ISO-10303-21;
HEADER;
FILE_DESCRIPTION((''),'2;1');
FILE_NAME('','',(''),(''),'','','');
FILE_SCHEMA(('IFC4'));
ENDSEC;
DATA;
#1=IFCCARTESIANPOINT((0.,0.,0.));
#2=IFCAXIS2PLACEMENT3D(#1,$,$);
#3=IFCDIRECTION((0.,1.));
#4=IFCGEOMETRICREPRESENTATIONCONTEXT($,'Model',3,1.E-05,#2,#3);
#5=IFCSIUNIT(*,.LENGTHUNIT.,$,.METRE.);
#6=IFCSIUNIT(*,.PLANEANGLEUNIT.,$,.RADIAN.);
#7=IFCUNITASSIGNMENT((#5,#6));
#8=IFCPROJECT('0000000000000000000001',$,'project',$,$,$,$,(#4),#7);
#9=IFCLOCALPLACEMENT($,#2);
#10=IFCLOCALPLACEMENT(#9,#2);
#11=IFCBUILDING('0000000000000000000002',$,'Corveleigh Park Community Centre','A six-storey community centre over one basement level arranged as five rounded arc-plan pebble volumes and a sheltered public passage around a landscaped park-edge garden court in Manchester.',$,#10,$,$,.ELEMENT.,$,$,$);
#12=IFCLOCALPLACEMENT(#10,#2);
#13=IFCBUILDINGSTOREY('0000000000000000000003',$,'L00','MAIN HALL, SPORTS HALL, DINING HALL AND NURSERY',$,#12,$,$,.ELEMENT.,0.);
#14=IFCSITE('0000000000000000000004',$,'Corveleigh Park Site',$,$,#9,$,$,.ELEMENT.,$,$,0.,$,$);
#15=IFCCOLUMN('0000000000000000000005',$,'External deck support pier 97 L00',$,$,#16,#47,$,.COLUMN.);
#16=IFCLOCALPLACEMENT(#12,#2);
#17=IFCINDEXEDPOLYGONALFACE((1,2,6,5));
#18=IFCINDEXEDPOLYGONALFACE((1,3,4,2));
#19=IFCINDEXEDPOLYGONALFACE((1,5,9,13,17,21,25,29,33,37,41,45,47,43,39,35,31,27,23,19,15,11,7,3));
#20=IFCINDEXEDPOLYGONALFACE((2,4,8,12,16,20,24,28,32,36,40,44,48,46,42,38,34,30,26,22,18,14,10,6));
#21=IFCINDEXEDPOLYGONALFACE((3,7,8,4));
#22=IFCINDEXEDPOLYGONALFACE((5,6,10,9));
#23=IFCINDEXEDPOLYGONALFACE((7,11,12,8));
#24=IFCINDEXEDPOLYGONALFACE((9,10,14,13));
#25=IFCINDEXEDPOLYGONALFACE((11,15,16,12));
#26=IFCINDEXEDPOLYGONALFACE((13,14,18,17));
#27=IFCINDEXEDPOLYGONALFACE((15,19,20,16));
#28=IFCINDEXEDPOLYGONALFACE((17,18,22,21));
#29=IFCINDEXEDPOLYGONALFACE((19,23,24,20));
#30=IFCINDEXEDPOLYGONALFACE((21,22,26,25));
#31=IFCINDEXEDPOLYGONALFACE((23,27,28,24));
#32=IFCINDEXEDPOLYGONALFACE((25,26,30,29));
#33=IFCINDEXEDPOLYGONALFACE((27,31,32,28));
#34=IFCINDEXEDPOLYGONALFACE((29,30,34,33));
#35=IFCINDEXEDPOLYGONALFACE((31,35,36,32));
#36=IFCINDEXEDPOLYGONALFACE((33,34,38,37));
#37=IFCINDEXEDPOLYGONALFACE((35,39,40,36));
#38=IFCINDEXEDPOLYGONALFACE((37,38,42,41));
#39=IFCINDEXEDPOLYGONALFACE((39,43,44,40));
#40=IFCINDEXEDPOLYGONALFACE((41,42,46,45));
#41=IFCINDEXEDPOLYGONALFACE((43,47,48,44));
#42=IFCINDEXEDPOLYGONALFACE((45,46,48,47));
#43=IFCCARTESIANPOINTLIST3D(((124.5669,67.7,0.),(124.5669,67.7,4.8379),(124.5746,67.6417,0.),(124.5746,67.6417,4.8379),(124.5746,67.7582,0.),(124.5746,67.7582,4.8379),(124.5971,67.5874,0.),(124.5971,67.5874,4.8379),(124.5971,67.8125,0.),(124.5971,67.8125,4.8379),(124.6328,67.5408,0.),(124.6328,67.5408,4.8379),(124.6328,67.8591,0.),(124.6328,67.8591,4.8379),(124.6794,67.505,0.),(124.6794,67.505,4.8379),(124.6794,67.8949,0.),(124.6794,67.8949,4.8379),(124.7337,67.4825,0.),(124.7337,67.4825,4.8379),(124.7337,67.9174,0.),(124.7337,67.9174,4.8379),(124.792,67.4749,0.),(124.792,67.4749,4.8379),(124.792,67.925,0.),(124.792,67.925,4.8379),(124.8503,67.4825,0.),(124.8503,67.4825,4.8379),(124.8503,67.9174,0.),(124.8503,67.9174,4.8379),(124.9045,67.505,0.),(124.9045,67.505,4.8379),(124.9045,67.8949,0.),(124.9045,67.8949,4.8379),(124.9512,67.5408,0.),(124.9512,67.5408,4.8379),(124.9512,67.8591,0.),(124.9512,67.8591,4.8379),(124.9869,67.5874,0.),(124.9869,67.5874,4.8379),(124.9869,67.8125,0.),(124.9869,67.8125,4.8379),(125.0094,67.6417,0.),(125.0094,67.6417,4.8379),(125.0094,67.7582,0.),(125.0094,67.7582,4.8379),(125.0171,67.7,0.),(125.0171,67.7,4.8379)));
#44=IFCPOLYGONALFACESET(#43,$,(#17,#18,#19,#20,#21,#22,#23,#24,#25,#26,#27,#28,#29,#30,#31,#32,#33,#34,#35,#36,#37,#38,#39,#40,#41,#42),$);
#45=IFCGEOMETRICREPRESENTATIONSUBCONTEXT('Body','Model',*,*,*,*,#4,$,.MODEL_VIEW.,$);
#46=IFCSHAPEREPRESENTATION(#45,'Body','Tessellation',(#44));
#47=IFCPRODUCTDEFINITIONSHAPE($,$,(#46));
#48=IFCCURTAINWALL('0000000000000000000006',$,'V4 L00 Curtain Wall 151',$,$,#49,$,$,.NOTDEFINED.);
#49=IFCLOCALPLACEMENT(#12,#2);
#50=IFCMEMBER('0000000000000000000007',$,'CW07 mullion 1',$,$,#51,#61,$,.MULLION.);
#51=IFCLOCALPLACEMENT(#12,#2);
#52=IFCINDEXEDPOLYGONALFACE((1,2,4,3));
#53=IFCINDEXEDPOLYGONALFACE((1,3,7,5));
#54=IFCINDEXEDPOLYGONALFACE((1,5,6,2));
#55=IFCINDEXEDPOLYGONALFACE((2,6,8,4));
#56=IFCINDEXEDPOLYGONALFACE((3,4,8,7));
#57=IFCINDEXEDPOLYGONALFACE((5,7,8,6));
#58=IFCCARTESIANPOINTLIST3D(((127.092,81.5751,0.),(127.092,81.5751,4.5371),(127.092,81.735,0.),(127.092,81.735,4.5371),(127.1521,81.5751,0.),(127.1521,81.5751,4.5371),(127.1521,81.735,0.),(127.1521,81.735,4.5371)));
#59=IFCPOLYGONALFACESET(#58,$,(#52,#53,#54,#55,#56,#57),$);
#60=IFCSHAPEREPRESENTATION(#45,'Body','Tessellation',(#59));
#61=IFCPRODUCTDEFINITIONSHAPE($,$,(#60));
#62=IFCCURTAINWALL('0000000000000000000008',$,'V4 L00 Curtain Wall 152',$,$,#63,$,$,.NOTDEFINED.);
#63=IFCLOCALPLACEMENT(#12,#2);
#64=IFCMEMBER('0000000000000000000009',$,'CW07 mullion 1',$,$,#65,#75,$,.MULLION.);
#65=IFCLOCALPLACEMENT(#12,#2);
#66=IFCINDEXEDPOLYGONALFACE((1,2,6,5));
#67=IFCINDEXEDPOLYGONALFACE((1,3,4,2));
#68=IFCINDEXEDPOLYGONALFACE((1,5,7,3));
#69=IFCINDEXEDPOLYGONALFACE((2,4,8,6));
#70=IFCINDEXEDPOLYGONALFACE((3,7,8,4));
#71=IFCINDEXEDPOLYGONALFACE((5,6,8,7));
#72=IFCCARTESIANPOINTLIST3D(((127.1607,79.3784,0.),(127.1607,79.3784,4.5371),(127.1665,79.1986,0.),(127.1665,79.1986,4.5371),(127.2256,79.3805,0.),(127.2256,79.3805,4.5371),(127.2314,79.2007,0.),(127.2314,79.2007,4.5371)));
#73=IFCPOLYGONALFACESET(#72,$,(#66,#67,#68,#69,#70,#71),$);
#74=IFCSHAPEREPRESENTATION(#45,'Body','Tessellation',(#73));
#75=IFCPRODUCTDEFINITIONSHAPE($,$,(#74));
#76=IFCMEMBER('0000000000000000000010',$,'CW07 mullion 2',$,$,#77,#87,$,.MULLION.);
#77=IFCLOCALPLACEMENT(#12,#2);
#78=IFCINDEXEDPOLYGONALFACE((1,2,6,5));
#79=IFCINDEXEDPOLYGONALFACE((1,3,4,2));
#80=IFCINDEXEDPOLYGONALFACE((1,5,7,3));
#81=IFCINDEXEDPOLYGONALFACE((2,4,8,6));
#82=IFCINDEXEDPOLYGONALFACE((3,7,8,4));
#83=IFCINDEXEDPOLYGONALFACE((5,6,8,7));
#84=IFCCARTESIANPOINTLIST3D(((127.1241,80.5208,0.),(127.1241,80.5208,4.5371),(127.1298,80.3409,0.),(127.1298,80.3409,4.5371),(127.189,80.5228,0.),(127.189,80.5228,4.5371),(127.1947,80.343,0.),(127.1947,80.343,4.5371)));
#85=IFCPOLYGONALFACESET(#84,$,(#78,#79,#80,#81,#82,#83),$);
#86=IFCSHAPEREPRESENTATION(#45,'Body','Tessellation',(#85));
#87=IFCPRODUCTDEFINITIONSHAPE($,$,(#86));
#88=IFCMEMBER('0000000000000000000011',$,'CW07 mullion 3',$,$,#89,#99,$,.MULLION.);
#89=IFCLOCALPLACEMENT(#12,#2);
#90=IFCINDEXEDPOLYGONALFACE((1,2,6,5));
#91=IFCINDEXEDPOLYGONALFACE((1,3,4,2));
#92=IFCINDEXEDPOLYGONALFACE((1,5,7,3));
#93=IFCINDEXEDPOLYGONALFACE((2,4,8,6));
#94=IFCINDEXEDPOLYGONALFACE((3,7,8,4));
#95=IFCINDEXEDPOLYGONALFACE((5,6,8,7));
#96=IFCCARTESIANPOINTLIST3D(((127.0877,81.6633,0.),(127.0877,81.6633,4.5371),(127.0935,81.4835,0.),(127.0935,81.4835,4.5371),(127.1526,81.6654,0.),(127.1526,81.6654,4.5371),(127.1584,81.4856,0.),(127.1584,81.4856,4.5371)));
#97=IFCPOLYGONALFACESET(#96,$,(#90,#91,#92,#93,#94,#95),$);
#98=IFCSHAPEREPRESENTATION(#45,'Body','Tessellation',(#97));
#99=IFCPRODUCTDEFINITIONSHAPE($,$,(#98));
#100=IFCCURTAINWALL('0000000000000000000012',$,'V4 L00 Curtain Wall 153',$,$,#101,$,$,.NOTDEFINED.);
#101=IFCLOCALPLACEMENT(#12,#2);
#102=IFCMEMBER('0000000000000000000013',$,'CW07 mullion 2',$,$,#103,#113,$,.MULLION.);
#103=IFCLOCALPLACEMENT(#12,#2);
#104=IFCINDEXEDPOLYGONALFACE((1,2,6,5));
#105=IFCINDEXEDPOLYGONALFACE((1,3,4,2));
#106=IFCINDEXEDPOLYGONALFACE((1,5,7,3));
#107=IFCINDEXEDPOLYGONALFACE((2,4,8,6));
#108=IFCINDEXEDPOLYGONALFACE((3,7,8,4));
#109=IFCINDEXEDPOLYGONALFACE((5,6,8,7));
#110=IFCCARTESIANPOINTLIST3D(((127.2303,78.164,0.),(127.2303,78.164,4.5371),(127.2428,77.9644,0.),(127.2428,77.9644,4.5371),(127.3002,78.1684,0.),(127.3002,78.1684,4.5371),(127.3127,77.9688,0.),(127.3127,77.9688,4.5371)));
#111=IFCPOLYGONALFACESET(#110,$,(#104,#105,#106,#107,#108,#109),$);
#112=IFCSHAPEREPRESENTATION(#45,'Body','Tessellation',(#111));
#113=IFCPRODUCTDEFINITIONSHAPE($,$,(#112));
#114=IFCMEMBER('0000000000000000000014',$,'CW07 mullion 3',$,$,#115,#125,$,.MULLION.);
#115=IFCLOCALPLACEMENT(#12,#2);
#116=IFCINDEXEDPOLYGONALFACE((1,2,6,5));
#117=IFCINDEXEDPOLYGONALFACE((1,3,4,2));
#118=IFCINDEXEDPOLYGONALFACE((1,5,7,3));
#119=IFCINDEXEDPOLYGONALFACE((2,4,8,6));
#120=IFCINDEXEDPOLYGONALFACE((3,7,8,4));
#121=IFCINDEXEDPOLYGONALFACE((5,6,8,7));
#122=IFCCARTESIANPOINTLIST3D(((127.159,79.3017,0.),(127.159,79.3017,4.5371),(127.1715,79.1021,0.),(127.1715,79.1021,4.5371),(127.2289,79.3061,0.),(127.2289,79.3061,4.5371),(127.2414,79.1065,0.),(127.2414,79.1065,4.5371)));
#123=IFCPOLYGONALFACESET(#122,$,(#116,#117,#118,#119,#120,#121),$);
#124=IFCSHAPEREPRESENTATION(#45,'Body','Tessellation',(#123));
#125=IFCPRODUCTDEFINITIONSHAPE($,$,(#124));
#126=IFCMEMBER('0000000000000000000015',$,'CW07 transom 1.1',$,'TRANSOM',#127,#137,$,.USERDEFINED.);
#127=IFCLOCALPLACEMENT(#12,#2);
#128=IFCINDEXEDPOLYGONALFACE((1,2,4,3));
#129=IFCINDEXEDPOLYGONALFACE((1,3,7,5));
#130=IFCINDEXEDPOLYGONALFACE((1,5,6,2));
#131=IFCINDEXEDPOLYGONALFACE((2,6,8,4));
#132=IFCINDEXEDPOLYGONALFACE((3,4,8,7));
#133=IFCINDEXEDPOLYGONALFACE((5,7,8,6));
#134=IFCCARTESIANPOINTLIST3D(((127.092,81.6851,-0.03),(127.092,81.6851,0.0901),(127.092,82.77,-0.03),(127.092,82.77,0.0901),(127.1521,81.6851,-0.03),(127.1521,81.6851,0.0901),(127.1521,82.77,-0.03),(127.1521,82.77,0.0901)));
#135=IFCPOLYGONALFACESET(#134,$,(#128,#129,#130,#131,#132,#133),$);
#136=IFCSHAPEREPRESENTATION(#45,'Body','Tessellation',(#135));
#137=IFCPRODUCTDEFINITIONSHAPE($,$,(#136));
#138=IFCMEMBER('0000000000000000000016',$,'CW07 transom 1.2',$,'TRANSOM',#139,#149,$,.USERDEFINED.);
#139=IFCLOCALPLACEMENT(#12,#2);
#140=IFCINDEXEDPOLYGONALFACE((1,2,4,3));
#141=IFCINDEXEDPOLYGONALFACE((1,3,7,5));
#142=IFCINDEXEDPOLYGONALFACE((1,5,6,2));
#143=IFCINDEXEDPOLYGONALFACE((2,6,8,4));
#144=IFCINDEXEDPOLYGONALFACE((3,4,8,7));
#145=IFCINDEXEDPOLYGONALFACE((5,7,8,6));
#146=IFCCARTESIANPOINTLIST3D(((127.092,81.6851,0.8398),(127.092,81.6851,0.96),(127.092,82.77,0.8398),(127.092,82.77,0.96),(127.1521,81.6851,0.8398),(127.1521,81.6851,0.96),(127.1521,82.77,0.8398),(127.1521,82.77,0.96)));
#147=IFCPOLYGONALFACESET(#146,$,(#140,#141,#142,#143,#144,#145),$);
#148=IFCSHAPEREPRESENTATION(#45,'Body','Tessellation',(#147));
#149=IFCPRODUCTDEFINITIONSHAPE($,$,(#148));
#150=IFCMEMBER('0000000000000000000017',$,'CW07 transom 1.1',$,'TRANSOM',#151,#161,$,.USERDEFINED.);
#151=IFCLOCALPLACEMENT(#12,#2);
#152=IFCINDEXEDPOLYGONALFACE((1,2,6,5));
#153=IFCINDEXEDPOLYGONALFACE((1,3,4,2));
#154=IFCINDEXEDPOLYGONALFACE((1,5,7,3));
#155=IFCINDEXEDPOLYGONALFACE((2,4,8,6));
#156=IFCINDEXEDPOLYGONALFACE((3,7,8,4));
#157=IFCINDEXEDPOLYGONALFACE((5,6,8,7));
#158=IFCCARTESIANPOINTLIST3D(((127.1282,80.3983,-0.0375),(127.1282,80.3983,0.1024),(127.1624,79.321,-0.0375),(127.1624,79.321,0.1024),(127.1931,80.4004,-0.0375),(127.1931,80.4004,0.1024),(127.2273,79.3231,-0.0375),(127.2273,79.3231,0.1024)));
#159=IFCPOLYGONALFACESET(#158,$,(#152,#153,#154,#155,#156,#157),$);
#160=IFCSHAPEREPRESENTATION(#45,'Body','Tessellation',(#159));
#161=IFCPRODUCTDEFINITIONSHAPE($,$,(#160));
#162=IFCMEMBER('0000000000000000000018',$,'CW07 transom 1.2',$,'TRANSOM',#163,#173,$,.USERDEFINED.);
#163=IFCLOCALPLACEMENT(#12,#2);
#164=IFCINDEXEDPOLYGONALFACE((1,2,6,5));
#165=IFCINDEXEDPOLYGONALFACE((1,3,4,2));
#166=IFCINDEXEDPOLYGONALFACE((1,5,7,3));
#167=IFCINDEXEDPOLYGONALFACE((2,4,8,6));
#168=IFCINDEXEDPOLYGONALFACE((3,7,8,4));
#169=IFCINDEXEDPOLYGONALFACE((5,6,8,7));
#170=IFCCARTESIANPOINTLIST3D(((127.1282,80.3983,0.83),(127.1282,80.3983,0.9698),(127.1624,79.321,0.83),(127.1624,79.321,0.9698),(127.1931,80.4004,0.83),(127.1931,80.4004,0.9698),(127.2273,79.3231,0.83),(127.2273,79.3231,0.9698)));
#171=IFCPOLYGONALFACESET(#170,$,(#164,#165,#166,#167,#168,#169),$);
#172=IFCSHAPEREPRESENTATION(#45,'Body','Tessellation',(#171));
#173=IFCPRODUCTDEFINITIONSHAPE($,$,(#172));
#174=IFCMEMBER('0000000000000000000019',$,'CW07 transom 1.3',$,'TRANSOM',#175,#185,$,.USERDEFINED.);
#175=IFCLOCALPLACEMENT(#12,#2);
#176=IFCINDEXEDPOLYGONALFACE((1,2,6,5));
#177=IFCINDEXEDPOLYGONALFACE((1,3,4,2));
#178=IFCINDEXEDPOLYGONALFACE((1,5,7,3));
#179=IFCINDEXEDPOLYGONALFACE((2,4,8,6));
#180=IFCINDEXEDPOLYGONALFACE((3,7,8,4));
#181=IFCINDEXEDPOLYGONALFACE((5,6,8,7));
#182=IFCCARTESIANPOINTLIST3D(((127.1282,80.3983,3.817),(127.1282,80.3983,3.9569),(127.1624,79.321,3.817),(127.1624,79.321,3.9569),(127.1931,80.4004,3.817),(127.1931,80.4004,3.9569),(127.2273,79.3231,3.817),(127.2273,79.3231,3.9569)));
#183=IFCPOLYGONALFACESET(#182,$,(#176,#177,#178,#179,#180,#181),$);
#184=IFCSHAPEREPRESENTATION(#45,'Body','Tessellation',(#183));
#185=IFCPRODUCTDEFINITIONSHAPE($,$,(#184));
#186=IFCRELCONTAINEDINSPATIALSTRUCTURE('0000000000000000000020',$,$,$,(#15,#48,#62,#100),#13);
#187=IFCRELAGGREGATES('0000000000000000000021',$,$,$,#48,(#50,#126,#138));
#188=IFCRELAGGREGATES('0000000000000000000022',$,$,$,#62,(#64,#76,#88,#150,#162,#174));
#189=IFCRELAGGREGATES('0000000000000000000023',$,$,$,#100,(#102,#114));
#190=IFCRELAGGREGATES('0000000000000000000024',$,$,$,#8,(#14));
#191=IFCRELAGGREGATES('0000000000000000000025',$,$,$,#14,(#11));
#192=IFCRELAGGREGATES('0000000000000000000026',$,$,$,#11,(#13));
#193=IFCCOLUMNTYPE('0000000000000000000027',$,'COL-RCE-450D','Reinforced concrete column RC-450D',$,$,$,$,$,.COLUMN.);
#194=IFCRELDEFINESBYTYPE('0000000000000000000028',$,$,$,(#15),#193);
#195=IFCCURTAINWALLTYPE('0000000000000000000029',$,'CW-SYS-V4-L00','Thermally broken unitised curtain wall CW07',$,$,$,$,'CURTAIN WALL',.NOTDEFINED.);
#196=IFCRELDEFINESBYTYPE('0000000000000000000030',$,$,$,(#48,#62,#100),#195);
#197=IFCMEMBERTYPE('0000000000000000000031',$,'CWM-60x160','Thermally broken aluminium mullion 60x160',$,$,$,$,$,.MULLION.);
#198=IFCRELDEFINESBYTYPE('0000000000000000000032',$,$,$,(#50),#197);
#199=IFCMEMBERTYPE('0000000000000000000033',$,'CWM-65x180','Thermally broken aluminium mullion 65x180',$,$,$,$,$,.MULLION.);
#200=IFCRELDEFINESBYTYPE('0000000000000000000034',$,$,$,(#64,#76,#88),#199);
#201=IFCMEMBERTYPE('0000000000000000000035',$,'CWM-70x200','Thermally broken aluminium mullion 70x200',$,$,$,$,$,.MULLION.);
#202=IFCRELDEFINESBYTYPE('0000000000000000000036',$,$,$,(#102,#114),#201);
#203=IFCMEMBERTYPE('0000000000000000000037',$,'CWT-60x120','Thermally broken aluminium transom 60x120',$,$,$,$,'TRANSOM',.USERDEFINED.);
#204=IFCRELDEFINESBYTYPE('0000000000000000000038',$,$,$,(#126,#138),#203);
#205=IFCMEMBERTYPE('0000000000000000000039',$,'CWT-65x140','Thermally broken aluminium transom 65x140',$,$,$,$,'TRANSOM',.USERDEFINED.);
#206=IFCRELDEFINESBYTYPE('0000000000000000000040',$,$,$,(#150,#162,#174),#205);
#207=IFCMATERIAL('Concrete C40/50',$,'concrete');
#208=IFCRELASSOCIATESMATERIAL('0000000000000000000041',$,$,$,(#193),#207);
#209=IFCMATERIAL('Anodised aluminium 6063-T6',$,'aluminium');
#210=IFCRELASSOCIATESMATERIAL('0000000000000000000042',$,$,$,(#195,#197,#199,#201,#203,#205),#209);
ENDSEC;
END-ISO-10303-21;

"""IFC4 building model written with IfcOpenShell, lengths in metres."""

from ifc_helpers import new_model, si_unit, direction, frame, origin, origin_2d, place, context, subcontext, project, spatial, rectangle, circle, extrude, material, material_profile, profile_set, type_object, element, aggregate, save


model = new_model("IFC4")

# Units and contexts
model_context = context("Model", 3, precision=1e-05, world=origin(), true_north=direction((0.0, 1.0)))
body_context = subcontext(model_context, "Body", "Model", "MODEL_VIEW")
ifc_project = project(units=[si_unit("LENGTHUNIT", "METRE"), si_unit("PLANEANGLEUNIT", "RADIAN")], contexts=[model_context])

# Site, building, storey
site_placement = place(None, origin())
site = spatial("IfcSite", under=ifc_project, at=site_placement, Name="Corveleigh Park Site", CompositionType="ELEMENT", RefElevation=0.0)
building_placement = place(site_placement, origin())
building = spatial("IfcBuilding", under=site, at=building_placement, Name="Corveleigh Park Community Centre", Description="A six-storey community centre over one basement level arranged as five rounded arc-plan pebble volumes and a sheltered public passage around a landscaped park-edge garden court in Manchester.", CompositionType="ELEMENT")
storey_placement = place(building_placement, origin())
storey = spatial("IfcBuildingStorey", under=building, at=storey_placement, Name="L00", Description="MAIN HALL, SPORTS HALL, DINING HALL AND NURSERY", CompositionType="ELEMENT", Elevation=0.0)

# Column
ifc_material_1 = material(Name="Concrete C40/50", Category="concrete")
ifc_material_profile_1 = material_profile(ifc_material_1, circle(Radius=0.2251, at=origin_2d()), Name="RC-450D", Category="concrete")
ifc_profile_set_1 = profile_set([ifc_material_profile_1], Name="Concrete C40/50")
column_type = type_object("IfcColumnType", Name="COL-RCE-450D", Description="Reinforced concrete column RC-450D", PredefinedType="COLUMN", material=ifc_profile_set_1)
column_placement = place(storey_placement, frame((124.792, 67.7, 0.0), z_axis=(0.0, 0.0, 1.0), x_axis=(1.0, 0.0, 0.0)))
element("IfcColumn", 1, at=column_placement, inside=storey, type_object=column_type, Name="External deck support pier 97 L00", PredefinedType="COLUMN", context=body_context, shape_type="SweptSolid", body=[
    extrude(circle(Radius=0.2251, at=origin_2d()), origin(), (0.0, 0.0, 1.0), 4.8379),
])

# Curtain wall, member
ifc_material_2 = material(Name="Anodised aluminium 6063-T6", Category="aluminium")
curtain_wall_type = type_object("IfcCurtainWallType", Name="CW-SYS-V4-L00", Description="Thermally broken unitised curtain wall CW07", ElementType="CURTAIN WALL", PredefinedType="NOTDEFINED", material=ifc_material_2)
curtain_wall_1_placement = place(storey_placement, origin())
curtain_wall_1 = element("IfcCurtainWall", 2, at=curtain_wall_1_placement, inside=storey, type_object=curtain_wall_type, Name="V4 L00 Curtain Wall 151", PredefinedType="NOTDEFINED")
ifc_material_profile_2 = material_profile(ifc_material_2, rectangle(XDim=0.0601, YDim=0.1599, at=origin_2d()), Name="ALU-M60x160", Category="aluminium")
ifc_profile_set_2 = profile_set([ifc_material_profile_2], Name="Anodised aluminium 6063-T6")
member_type_1 = type_object("IfcMemberType", Name="CWM-60x160", Description="Thermally broken aluminium mullion 60x160", PredefinedType="MULLION", material=ifc_profile_set_2)
member_1_placement = place(storey_placement, frame((127.1221, 81.655, 0.0), z_axis=(0.0, 0.0, 1.0), x_axis=(-1.0, 0.0, 0.0)))
member_1 = element("IfcMember", 3, at=member_1_placement, type_object=member_type_1, Name="CW07 mullion 1", PredefinedType="MULLION", context=body_context, shape_type="SweptSolid", body=[
    extrude(rectangle(XDim=0.0601, YDim=0.1599, at=origin_2d()), origin(), (0.0, 0.0, 1.0), 4.5371),
])

# Curtain walls, members
curtain_wall_2_placement = place(storey_placement, origin())
curtain_wall_2 = element("IfcCurtainWall", 4, at=curtain_wall_2_placement, inside=storey, type_object=curtain_wall_type, Name="V4 L00 Curtain Wall 152", PredefinedType="NOTDEFINED")
ifc_material_profile_3 = material_profile(ifc_material_2, rectangle(XDim=0.0649, YDim=0.1799, at=origin_2d()), Name="ALU-M65x180", Category="aluminium")
ifc_profile_set_3 = profile_set([ifc_material_profile_3], Name="Anodised aluminium 6063-T6")
member_type_2 = type_object("IfcMemberType", Name="CWM-65x180", Description="Thermally broken aluminium mullion 65x180", PredefinedType="MULLION", material=ifc_profile_set_3)
member_2_placement = place(storey_placement, frame((127.196, 79.2896, 0.0), z_axis=(0.0, 0.0, 1.0), x_axis=(-0.999491, -0.031899, 0.0)))
member_2 = element("IfcMember", 5, at=member_2_placement, type_object=member_type_2, Name="CW07 mullion 1", PredefinedType="MULLION", context=body_context, shape_type="SweptSolid", body=[
    extrude(rectangle(XDim=0.0649, YDim=0.1799, at=origin_2d()), origin(), (0.0, 0.0, 1.0), 4.5371),
])
member_3_placement = place(storey_placement, frame((127.1594, 80.4319, 0.0), z_axis=(0.0, 0.0, 1.0), x_axis=(-0.999491, -0.031899, 0.0)))
member_3 = element("IfcMember", 6, at=member_3_placement, type_object=member_type_2, Name="CW07 mullion 2", PredefinedType="MULLION", context=body_context, shape_type="SweptSolid", body=[
    extrude(rectangle(XDim=0.0649, YDim=0.1799, at=origin_2d()), origin(), (0.0, 0.0, 1.0), 4.5371),
])
member_4_placement = place(storey_placement, frame((127.123, 81.5745, 0.0), z_axis=(0.0, 0.0, 1.0), x_axis=(-0.999491, -0.031899, 0.0)))
member_4 = element("IfcMember", 7, at=member_4_placement, type_object=member_type_2, Name="CW07 mullion 3", PredefinedType="MULLION", context=body_context, shape_type="SweptSolid", body=[
    extrude(rectangle(XDim=0.0649, YDim=0.1799, at=origin_2d()), origin(), (0.0, 0.0, 1.0), 4.5371),
])
curtain_wall_3_placement = place(storey_placement, origin())
curtain_wall_3 = element("IfcCurtainWall", 8, at=curtain_wall_3_placement, inside=storey, type_object=curtain_wall_type, Name="V4 L00 Curtain Wall 153", PredefinedType="NOTDEFINED")
ifc_material_profile_4 = material_profile(ifc_material_2, rectangle(XDim=0.0701, YDim=0.2, at=origin_2d()), Name="ALU-M70x200", Category="aluminium")
ifc_profile_set_4 = profile_set([ifc_material_profile_4], Name="Anodised aluminium 6063-T6")
member_type_3 = type_object("IfcMemberType", Name="CWM-70x200", Description="Thermally broken aluminium mullion 70x200", PredefinedType="MULLION", material=ifc_profile_set_4)
member_5_placement = place(storey_placement, frame((127.2715, 78.0664, 0.0), z_axis=(0.0, 0.0, 1.0), x_axis=(-0.998041, -0.062564, 0.0)))
member_5 = element("IfcMember", 9, at=member_5_placement, type_object=member_type_3, Name="CW07 mullion 2", PredefinedType="MULLION", context=body_context, shape_type="SweptSolid", body=[
    extrude(rectangle(XDim=0.0701, YDim=0.2, at=origin_2d()), origin(), (0.0, 0.0, 1.0), 4.5371),
])
member_6_placement = place(storey_placement, frame((127.2002, 79.2041, 0.0), z_axis=(0.0, 0.0, 1.0), x_axis=(-0.998041, -0.062564, 0.0)))
member_6 = element("IfcMember", 10, at=member_6_placement, type_object=member_type_3, Name="CW07 mullion 3", PredefinedType="MULLION", context=body_context, shape_type="SweptSolid", body=[
    extrude(rectangle(XDim=0.0701, YDim=0.2, at=origin_2d()), origin(), (0.0, 0.0, 1.0), 4.5371),
])

# Members
ifc_material_profile_5 = material_profile(ifc_material_2, rectangle(XDim=0.0601, YDim=0.1201, at=origin_2d()), Name="ALU-T60x120", Category="aluminium")
ifc_profile_set_5 = profile_set([ifc_material_profile_5], Name="Anodised aluminium 6063-T6")
member_type_4 = type_object("IfcMemberType", Name="CWT-60x120", Description="Thermally broken aluminium transom 60x120", ElementType="TRANSOM", PredefinedType="USERDEFINED", material=ifc_profile_set_5)
member_7_placement = place(storey_placement, frame((127.1221, 81.6851, 0.03), z_axis=(0.0, 1.0, 0.0), x_axis=(-1.0, 0.0, 0.0)))
member_7 = element("IfcMember", 11, at=member_7_placement, type_object=member_type_4, Name="CW07 transom 1.1", ObjectType="TRANSOM", PredefinedType="USERDEFINED", context=body_context, shape_type="SweptSolid", body=[
    extrude(rectangle(XDim=0.0601, YDim=0.1201, at=origin_2d()), origin(), (0.0, 0.0, 1.0), 1.085),
])
member_8_placement = place(storey_placement, frame((127.1221, 81.6851, 0.8999), z_axis=(0.0, 1.0, 0.0), x_axis=(-1.0, 0.0, 0.0)))
member_8 = element("IfcMember", 12, at=member_8_placement, type_object=member_type_4, Name="CW07 transom 1.2", ObjectType="TRANSOM", PredefinedType="USERDEFINED", context=body_context, shape_type="SweptSolid", body=[
    extrude(rectangle(XDim=0.0601, YDim=0.1201, at=origin_2d()), origin(), (0.0, 0.0, 1.0), 1.085),
])
aggregate(curtain_wall_1, [member_1, member_7, member_8])
ifc_material_profile_6 = material_profile(ifc_material_2, rectangle(XDim=0.0649, YDim=0.1399, at=origin_2d()), Name="ALU-T65x140", Category="aluminium")
ifc_profile_set_6 = profile_set([ifc_material_profile_6], Name="Anodised aluminium 6063-T6")
member_type_5 = type_object("IfcMemberType", Name="CWT-65x140", Description="Thermally broken aluminium transom 65x140", ElementType="TRANSOM", PredefinedType="USERDEFINED", material=ifc_profile_set_6)
member_9_placement = place(storey_placement, frame((127.1948, 79.322, 0.0325), z_axis=(-0.031708, 0.999497, 0.0), x_axis=(-0.999497, -0.031708, 0.0)))
member_9 = element("IfcMember", 13, at=member_9_placement, type_object=member_type_5, Name="CW07 transom 1.1", ObjectType="TRANSOM", PredefinedType="USERDEFINED", context=body_context, shape_type="SweptSolid", body=[
    extrude(rectangle(XDim=0.0649, YDim=0.1399, at=origin_2d()), origin(), (0.0, 0.0, 1.0), 1.0779),
])
member_10_placement = place(storey_placement, frame((127.1948, 79.322, 0.8999), z_axis=(-0.031708, 0.999497, 0.0), x_axis=(-0.999497, -0.031708, 0.0)))
member_10 = element("IfcMember", 14, at=member_10_placement, type_object=member_type_5, Name="CW07 transom 1.2", ObjectType="TRANSOM", PredefinedType="USERDEFINED", context=body_context, shape_type="SweptSolid", body=[
    extrude(rectangle(XDim=0.0649, YDim=0.1399, at=origin_2d()), origin(), (0.0, 0.0, 1.0), 1.0779),
])
member_11_placement = place(storey_placement, frame((127.1948, 79.322, 3.887), z_axis=(-0.031708, 0.999497, 0.0), x_axis=(-0.999497, -0.031708, 0.0)))
member_11 = element("IfcMember", 15, at=member_11_placement, type_object=member_type_5, Name="CW07 transom 1.3", ObjectType="TRANSOM", PredefinedType="USERDEFINED", context=body_context, shape_type="SweptSolid", body=[
    extrude(rectangle(XDim=0.0649, YDim=0.1399, at=origin_2d()), origin(), (0.0, 0.0, 1.0), 1.0779),
])

aggregate(curtain_wall_2, [member_2, member_3, member_4, member_9, member_10, member_11])
aggregate(curtain_wall_3, [member_5, member_6])

save(model, "model.ifc")
